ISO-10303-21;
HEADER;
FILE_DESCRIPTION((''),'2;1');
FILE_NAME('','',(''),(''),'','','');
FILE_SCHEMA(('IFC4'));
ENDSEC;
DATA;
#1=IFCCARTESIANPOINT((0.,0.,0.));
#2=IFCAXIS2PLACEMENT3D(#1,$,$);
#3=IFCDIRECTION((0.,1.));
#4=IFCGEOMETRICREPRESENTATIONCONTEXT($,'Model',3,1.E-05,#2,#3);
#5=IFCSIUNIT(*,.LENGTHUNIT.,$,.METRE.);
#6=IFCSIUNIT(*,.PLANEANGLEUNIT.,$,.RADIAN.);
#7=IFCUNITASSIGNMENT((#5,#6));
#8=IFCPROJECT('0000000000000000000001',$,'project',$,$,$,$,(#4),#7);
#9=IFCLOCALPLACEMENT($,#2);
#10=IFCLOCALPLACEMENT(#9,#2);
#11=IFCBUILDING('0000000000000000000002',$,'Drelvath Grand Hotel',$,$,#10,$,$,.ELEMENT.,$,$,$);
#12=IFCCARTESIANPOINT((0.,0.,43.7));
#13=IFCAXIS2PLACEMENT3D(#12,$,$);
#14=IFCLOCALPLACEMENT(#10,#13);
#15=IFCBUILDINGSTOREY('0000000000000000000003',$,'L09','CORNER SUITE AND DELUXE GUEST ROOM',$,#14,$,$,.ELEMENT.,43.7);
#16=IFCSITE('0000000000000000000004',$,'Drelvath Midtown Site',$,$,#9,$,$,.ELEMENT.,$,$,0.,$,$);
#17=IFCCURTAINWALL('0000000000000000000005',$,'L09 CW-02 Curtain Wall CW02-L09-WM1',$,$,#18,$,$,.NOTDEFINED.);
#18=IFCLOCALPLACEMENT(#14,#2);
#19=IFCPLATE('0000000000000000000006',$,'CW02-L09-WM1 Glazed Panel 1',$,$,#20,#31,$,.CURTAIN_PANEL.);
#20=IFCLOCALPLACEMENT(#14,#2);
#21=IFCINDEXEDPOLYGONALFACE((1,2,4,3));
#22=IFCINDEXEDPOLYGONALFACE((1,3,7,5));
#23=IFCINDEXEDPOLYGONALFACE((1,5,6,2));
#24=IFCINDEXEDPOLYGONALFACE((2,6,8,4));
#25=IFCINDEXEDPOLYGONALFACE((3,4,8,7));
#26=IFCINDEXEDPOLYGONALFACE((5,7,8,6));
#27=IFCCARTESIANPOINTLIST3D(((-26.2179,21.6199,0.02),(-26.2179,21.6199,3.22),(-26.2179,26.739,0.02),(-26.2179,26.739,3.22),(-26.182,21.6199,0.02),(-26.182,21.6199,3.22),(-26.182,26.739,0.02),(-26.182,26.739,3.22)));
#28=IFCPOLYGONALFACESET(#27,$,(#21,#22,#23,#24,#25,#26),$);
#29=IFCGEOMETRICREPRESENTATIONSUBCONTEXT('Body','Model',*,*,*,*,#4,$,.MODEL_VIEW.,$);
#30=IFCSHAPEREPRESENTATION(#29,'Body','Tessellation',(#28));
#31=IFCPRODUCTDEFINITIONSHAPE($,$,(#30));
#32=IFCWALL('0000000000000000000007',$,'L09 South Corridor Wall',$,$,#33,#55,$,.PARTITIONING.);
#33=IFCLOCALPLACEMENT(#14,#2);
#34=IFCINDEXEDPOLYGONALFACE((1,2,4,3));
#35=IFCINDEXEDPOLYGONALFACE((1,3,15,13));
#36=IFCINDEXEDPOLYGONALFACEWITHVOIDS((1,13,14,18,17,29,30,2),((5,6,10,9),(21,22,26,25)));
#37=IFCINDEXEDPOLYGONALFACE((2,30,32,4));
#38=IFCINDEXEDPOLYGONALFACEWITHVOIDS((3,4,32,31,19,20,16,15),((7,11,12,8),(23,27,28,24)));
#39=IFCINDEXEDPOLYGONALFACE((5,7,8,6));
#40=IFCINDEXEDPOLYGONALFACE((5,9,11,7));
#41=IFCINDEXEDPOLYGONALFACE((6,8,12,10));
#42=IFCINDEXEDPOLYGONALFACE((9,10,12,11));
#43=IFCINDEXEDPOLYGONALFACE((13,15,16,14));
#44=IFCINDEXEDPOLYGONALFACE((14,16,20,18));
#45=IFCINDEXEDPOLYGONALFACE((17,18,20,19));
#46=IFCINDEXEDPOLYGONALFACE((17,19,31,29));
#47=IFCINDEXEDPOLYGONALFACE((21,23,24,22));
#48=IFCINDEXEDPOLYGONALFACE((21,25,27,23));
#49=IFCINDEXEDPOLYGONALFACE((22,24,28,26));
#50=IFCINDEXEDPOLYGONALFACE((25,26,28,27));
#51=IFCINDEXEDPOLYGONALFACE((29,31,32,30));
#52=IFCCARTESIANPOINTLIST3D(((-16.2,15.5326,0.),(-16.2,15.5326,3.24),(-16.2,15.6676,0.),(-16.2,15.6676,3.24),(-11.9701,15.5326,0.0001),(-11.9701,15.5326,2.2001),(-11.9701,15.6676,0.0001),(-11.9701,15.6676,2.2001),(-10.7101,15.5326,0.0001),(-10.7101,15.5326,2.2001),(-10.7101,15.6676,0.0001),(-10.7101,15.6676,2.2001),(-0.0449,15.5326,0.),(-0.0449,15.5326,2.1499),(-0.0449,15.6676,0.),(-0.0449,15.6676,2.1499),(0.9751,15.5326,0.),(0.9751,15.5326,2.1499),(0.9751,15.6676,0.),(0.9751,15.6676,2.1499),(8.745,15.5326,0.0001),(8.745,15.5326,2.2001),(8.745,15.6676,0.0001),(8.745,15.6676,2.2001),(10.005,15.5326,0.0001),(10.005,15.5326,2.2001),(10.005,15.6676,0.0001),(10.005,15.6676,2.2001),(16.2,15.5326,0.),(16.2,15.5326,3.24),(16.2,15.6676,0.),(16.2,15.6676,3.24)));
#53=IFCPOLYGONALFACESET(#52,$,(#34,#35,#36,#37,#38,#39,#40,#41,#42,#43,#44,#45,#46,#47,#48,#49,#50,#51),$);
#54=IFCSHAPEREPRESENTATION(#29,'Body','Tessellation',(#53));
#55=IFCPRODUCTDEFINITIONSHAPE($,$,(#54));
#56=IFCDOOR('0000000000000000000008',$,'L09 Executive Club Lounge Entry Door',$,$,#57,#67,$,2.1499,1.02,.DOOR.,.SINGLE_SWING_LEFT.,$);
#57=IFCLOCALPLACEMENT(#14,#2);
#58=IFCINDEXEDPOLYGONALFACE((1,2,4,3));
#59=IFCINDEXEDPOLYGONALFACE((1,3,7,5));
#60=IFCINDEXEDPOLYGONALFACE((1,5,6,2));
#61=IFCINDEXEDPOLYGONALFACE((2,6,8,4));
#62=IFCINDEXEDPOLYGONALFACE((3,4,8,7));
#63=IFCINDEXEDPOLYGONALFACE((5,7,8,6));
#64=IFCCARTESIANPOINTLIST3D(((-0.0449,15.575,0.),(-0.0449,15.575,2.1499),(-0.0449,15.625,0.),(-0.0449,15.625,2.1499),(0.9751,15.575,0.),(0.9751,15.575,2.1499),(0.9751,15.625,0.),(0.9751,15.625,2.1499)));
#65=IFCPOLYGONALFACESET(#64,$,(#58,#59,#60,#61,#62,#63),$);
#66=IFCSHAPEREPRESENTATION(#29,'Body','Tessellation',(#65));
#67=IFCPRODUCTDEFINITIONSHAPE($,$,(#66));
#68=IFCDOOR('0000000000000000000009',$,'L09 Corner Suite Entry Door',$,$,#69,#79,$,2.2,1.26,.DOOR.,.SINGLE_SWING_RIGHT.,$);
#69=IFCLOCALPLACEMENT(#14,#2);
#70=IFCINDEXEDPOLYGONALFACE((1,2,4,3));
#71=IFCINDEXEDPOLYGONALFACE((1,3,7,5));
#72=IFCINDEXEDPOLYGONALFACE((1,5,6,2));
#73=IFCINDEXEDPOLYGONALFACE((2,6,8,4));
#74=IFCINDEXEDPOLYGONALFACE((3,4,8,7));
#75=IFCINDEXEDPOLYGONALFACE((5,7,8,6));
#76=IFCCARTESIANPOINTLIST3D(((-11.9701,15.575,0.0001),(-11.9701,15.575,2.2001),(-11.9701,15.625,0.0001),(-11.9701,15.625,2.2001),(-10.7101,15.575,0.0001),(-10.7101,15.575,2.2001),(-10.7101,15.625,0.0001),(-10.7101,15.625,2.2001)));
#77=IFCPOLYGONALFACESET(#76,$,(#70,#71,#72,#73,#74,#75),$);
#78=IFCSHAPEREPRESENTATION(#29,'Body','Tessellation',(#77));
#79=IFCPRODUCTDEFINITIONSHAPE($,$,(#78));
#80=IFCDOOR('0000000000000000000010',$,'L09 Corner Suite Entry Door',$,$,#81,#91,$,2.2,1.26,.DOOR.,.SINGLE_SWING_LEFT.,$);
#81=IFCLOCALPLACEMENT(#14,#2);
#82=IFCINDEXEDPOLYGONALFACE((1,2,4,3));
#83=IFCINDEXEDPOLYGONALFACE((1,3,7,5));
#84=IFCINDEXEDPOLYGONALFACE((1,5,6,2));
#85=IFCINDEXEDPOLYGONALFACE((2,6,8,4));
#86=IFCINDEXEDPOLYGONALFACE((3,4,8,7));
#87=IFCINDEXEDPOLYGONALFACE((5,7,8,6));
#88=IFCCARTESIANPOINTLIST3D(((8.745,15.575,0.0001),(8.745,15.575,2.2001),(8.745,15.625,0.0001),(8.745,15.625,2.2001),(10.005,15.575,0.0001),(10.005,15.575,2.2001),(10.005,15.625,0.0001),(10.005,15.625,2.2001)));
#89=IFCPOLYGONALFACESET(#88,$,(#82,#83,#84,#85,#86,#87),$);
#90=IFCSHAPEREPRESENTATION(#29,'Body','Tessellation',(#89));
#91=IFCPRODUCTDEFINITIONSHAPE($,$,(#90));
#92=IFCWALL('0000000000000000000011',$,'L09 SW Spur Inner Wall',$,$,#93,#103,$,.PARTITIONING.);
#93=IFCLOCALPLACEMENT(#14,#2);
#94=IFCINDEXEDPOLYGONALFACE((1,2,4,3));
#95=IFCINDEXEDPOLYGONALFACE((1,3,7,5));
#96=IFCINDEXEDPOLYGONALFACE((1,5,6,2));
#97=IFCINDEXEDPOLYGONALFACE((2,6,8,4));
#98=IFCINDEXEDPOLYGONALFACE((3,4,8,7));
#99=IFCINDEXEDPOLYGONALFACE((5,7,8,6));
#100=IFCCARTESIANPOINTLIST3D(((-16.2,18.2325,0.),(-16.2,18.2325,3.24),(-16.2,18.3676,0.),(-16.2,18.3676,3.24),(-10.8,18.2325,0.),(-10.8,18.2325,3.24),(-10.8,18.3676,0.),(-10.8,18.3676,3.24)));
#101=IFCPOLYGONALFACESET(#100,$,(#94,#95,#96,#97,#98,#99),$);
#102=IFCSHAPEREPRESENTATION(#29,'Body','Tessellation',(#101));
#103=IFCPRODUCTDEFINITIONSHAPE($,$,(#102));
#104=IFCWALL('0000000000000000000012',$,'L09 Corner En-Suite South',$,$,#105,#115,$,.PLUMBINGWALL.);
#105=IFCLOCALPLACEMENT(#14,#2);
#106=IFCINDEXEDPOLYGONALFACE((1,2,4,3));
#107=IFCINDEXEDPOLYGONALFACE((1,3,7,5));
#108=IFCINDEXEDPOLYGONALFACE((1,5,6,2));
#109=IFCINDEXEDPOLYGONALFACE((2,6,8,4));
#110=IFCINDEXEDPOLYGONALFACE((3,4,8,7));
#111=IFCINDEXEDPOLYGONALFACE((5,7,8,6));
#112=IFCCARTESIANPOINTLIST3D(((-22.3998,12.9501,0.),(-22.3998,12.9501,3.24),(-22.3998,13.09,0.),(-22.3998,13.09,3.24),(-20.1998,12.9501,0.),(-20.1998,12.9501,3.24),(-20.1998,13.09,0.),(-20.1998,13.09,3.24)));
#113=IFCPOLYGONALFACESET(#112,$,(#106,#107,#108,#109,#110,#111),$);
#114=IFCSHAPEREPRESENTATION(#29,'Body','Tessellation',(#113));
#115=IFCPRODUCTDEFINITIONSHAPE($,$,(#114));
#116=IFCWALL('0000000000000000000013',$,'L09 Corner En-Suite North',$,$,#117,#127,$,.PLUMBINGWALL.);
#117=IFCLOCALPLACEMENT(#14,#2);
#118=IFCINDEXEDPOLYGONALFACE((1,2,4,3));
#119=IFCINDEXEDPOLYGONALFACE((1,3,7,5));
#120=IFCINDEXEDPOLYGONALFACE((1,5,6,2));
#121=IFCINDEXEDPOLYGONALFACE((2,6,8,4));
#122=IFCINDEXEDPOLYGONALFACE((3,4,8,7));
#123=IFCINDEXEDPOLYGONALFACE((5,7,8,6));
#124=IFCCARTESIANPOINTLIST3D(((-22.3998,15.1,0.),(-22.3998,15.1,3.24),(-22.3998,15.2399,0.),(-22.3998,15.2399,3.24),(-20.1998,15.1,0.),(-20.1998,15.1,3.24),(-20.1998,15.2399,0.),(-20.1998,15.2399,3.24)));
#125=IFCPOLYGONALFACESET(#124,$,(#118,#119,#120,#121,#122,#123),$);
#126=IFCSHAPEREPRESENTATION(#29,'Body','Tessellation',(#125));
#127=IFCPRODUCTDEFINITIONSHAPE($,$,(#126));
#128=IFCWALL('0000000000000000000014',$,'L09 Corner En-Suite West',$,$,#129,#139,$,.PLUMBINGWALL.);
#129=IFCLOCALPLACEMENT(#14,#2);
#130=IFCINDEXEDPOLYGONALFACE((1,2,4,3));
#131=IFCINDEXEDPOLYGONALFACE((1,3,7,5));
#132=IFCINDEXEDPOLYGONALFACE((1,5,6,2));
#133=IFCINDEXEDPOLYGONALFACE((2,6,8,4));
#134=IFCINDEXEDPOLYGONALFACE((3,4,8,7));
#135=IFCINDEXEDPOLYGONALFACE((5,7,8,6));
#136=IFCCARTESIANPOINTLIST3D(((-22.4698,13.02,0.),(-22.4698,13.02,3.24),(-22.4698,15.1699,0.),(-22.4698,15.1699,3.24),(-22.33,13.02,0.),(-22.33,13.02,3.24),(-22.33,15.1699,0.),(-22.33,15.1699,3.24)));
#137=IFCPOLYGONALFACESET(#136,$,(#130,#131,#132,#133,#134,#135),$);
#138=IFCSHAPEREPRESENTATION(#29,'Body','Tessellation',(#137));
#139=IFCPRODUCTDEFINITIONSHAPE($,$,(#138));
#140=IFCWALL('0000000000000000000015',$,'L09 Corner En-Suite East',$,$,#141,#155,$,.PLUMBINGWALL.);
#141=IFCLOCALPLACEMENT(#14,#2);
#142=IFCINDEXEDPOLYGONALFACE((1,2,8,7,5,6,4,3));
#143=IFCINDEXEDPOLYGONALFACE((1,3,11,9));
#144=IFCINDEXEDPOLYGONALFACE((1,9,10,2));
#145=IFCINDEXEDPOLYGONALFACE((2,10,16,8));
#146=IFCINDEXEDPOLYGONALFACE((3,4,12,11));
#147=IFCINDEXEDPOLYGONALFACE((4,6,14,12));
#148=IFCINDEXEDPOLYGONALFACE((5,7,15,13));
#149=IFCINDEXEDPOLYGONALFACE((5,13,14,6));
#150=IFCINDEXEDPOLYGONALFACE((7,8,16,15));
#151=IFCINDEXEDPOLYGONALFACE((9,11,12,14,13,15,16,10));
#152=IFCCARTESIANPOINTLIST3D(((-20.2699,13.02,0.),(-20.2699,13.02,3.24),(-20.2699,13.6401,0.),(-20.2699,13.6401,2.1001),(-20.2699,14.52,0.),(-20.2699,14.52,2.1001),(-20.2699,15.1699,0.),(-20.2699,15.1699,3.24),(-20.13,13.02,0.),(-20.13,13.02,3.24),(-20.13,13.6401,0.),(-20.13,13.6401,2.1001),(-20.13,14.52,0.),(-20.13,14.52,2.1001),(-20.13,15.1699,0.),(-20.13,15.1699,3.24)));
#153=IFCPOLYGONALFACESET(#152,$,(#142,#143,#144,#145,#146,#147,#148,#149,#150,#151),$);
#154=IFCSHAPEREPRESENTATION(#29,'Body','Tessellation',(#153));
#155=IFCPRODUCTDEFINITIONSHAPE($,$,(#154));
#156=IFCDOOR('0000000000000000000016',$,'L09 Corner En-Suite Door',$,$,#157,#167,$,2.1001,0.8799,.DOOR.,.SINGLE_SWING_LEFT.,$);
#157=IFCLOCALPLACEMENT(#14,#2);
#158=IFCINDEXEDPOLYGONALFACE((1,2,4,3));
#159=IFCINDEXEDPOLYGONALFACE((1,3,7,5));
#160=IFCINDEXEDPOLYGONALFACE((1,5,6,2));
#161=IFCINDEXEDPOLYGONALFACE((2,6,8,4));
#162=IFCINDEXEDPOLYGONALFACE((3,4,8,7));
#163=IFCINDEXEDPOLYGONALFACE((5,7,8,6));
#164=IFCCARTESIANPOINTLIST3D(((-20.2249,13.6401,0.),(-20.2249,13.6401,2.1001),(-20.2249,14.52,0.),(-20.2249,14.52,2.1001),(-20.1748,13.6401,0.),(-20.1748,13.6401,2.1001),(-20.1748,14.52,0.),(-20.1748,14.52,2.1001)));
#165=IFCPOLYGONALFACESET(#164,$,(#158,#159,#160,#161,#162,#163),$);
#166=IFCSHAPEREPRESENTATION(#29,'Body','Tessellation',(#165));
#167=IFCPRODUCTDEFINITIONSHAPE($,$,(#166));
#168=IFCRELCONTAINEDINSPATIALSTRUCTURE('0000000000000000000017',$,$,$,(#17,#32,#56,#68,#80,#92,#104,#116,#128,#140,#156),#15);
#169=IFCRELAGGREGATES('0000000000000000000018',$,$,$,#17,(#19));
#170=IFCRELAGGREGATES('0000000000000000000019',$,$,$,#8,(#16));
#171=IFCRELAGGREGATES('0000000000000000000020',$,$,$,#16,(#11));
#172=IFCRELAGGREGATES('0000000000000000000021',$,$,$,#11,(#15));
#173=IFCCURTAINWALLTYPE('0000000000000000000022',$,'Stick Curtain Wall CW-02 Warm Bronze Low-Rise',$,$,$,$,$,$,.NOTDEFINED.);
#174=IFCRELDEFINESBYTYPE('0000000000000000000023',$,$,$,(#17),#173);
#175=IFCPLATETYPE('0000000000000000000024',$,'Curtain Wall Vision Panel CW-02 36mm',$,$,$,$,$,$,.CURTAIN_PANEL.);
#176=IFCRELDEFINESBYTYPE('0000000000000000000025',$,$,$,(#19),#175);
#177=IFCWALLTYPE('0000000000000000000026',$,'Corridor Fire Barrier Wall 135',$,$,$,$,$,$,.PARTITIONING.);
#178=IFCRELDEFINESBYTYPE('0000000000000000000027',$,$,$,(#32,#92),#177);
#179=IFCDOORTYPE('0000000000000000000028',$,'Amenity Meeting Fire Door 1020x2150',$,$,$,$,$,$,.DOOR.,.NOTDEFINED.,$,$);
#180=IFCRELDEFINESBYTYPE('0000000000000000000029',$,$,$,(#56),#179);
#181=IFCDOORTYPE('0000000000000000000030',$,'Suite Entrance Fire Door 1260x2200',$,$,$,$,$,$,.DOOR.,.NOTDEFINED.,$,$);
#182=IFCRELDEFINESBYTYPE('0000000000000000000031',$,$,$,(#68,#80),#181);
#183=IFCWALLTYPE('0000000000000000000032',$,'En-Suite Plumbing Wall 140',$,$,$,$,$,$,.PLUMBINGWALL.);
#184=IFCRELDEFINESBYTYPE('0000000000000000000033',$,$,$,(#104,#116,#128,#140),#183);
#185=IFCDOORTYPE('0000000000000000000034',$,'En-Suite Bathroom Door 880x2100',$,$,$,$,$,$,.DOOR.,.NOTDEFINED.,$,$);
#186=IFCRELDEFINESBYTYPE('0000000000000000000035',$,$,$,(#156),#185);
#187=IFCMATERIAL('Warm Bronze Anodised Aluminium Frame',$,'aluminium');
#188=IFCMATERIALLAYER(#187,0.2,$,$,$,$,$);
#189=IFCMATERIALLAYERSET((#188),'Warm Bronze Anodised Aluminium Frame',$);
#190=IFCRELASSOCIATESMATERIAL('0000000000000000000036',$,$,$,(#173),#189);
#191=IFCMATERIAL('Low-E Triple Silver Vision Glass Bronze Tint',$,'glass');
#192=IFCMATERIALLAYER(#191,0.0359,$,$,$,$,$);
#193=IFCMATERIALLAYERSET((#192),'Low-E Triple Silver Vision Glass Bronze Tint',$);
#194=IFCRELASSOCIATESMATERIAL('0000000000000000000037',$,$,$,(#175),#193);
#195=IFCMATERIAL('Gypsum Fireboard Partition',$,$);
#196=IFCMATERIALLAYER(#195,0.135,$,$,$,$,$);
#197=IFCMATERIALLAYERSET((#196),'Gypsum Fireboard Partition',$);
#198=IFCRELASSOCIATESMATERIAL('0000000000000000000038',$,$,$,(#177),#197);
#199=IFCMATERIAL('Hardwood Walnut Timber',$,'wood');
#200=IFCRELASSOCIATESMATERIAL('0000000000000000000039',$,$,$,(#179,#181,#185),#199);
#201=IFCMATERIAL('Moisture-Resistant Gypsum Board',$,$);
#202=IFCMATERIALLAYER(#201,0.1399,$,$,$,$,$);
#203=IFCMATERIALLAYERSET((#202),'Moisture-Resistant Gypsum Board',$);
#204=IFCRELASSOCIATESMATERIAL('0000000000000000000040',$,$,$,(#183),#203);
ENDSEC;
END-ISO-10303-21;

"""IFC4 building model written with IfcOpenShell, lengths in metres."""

from ifc_helpers import new_model, si_unit, direction, frame, frame_2d, origin, origin_2d, place, context, subcontext, project, spatial, rectangle, extrude, material, layer, layer_set, type_object, element, fill, aggregate, save


model = new_model("IFC4")

# Units and contexts
model_context = context("Model", 3, precision=1e-05, world=origin(), true_north=direction((0.0, 1.0)))
body_context = subcontext(model_context, "Body", "Model", "MODEL_VIEW")
ifc_project = project(units=[si_unit("LENGTHUNIT", "METRE"), si_unit("PLANEANGLEUNIT", "RADIAN")], contexts=[model_context])

# Site, building, storey
site_placement = place(None, origin())
site = spatial("IfcSite", under=ifc_project, at=site_placement, Name="Drelvath Midtown Site", CompositionType="ELEMENT", RefElevation=0.0)
building_placement = place(site_placement, origin())
building = spatial("IfcBuilding", under=site, at=building_placement, Name="Drelvath Grand Hotel", CompositionType="ELEMENT")
storey_placement = place(building_placement, frame((0.0, 0.0, 43.7)))
storey = spatial("IfcBuildingStorey", under=building, at=storey_placement, Name="L09", Description="CORNER SUITE AND DELUXE GUEST ROOM", CompositionType="ELEMENT", Elevation=43.7)

# Curtain wall
ifc_material_1 = material(Name="Warm Bronze Anodised Aluminium Frame", Category="aluminium")
ifc_layer_1 = layer(ifc_material_1, 0.2)
ifc_layer_set_1 = layer_set([ifc_layer_1], Name="Warm Bronze Anodised Aluminium Frame")
curtain_wall_type = type_object("IfcCurtainWallType", Name="Stick Curtain Wall CW-02 Warm Bronze Low-Rise", PredefinedType="NOTDEFINED", material=ifc_layer_set_1)
curtain_wall_1_placement = place(storey_placement, origin())
curtain_wall_1 = element("IfcCurtainWall", 1, at=curtain_wall_1_placement, inside=storey, type_object=curtain_wall_type, Name="L09 CW-02 Curtain Wall CW02-L09-WM1", PredefinedType="NOTDEFINED")

# Plate
ifc_material_2 = material(Name="Low-E Triple Silver Vision Glass Bronze Tint", Category="glass")
ifc_layer_2 = layer(ifc_material_2, 0.0359)
ifc_layer_set_2 = layer_set([ifc_layer_2], Name="Low-E Triple Silver Vision Glass Bronze Tint")
plate_type = type_object("IfcPlateType", Name="Curtain Wall Vision Panel CW-02 36mm", PredefinedType="CURTAIN_PANEL", material=ifc_layer_set_2)
plate_1_placement = place(storey_placement, frame((-26.2, 24.1794, 0.02), z_axis=(0.0, 0.0, 1.0), x_axis=(0.0, 1.0, 0.0)))
plate_1 = element("IfcPlate", 2, at=plate_1_placement, type_object=plate_type, Name="CW02-L09-WM1 Glazed Panel 1", PredefinedType="CURTAIN_PANEL", context=body_context, shape_type="SweptSolid", body=[
    extrude(rectangle(XDim=5.1191, YDim=0.0359, at=origin_2d()), origin(), (0.0, 0.0, 1.0), 3.2),
])
aggregate(curtain_wall_1, [plate_1])

# Wall, openings, doors
ifc_material_3 = material(Name="Gypsum Fireboard Partition")
ifc_layer_3 = layer(ifc_material_3, 0.135)
ifc_layer_set_3 = layer_set([ifc_layer_3], Name="Gypsum Fireboard Partition")
wall_type_1 = type_object("IfcWallType", Name="Corridor Fire Barrier Wall 135", PredefinedType="PARTITIONING", material=ifc_layer_set_3)
wall_1_placement = place(storey_placement, frame((-16.2, 15.6001, 0.0), z_axis=(0.0, 0.0, 1.0), x_axis=(1.0, 0.0, 0.0)))
wall_1 = element("IfcWall", 3, at=wall_1_placement, inside=storey, type_object=wall_type_1, Name="L09 South Corridor Wall", PredefinedType="PARTITIONING", context=body_context, shape_type="SweptSolid", body=[
    extrude(rectangle(XDim=32.3999, YDim=0.135, at=frame_2d((16.2, 0.0))), origin(), (0.0, 0.0, 1.0), 3.24),
])
opening_1_placement = place(wall_1_placement, frame((4.23, 0.0, 0.0)))
opening_1 = element("IfcOpeningElement", 4, at=opening_1_placement, cuts=wall_1, PredefinedType="OPENING", context=body_context, shape_type="SweptSolid", body=[
    extrude(rectangle(XDim=1.26, YDim=2.2, at=frame_2d((0.6299, 1.1001))), frame((0.0, 0.0774, 0.0), z_axis=(0.0, -1.0, 0.0), x_axis=(1.0, 0.0, 0.0)), (0.0, 0.0, 1.0), 0.155),
])
opening_2_placement = place(wall_1_placement, frame((16.155, 0.0, 0.0)))
opening_2 = element("IfcOpeningElement", 5, at=opening_2_placement, cuts=wall_1, PredefinedType="OPENING", context=body_context, shape_type="SweptSolid", body=[
    extrude(rectangle(XDim=1.02, YDim=2.1499, at=frame_2d((0.51, 1.075))), frame((0.0, 0.0774, 0.0), z_axis=(0.0, -1.0, 0.0), x_axis=(1.0, 0.0, 0.0)), (0.0, 0.0, 1.0), 0.155),
])
opening_3_placement = place(wall_1_placement, frame((24.9451, 0.0, 0.0)))
opening_3 = element("IfcOpeningElement", 6, at=opening_3_placement, cuts=wall_1, PredefinedType="OPENING", context=body_context, shape_type="SweptSolid", body=[
    extrude(rectangle(XDim=1.26, YDim=2.2, at=frame_2d((0.6299, 1.1001))), frame((0.0, 0.0774, 0.0), z_axis=(0.0, -1.0, 0.0), x_axis=(1.0, 0.0, 0.0)), (0.0, 0.0, 1.0), 0.155),
])
ifc_material_4 = material(Name="Hardwood Walnut Timber", Category="wood")
door_type_1 = type_object("IfcDoorType", Name="Amenity Meeting Fire Door 1020x2150", OperationType="NOTDEFINED", PredefinedType="DOOR", material=ifc_material_4)
door_1_placement = place(opening_2_placement, origin())
door_1 = element("IfcDoor", 7, at=door_1_placement, inside=storey, type_object=door_type_1, Name="L09 Executive Club Lounge Entry Door", OperationType="SINGLE_SWING_LEFT", OverallHeight=2.1499, OverallWidth=1.02, PredefinedType="DOOR", context=body_context, shape_type="SweptSolid", body=[
    extrude(rectangle(XDim=1.02, YDim=2.1499, at=frame_2d((0.51, 1.075))), frame((0.0, 0.0249, 0.0), z_axis=(0.0, -1.0, 0.0), x_axis=(1.0, 0.0, 0.0)), (0.0, 0.0, 1.0), 0.05),
])
fill(opening_2, door_1)
door_type_2 = type_object("IfcDoorType", Name="Suite Entrance Fire Door 1260x2200", OperationType="NOTDEFINED", PredefinedType="DOOR", material=ifc_material_4)
door_2_placement = place(opening_1_placement, origin())
door_2 = element("IfcDoor", 8, at=door_2_placement, inside=storey, type_object=door_type_2, Name="L09 Corner Suite Entry Door", OperationType="SINGLE_SWING_RIGHT", OverallHeight=2.2, OverallWidth=1.26, PredefinedType="DOOR", context=body_context, shape_type="SweptSolid", body=[
    extrude(rectangle(XDim=1.26, YDim=2.2, at=frame_2d((0.6299, 1.1001))), frame((0.0, 0.0249, 0.0), z_axis=(0.0, -1.0, 0.0), x_axis=(1.0, 0.0, 0.0)), (0.0, 0.0, 1.0), 0.05),
])
fill(opening_1, door_2)
door_3_placement = place(opening_3_placement, origin())
door_3 = element("IfcDoor", 9, at=door_3_placement, inside=storey, type_object=door_type_2, Name="L09 Corner Suite Entry Door", OperationType="SINGLE_SWING_LEFT", OverallHeight=2.2, OverallWidth=1.26, PredefinedType="DOOR", context=body_context, shape_type="SweptSolid", body=[
    extrude(rectangle(XDim=1.26, YDim=2.2, at=frame_2d((0.6299, 1.1001))), frame((0.0, 0.0249, 0.0), z_axis=(0.0, -1.0, 0.0), x_axis=(1.0, 0.0, 0.0)), (0.0, 0.0, 1.0), 0.05),
])
fill(opening_3, door_3)

# Wall
wall_2_placement = place(storey_placement, frame((-16.2, 18.3, 0.0), z_axis=(0.0, 0.0, 1.0), x_axis=(1.0, 0.0, 0.0)))
element("IfcWall", 10, at=wall_2_placement, inside=storey, type_object=wall_type_1, Name="L09 SW Spur Inner Wall", PredefinedType="PARTITIONING", context=body_context, shape_type="SweptSolid", body=[
    extrude(rectangle(XDim=5.3999, YDim=0.135, at=frame_2d((2.7, 0.0))), origin(), (0.0, 0.0, 1.0), 3.24),
])

# Walls
ifc_material_5 = material(Name="Moisture-Resistant Gypsum Board")
ifc_layer_4 = layer(ifc_material_5, 0.1399)
ifc_layer_set_4 = layer_set([ifc_layer_4], Name="Moisture-Resistant Gypsum Board")
wall_type_2 = type_object("IfcWallType", Name="En-Suite Plumbing Wall 140", PredefinedType="PLUMBINGWALL", material=ifc_layer_set_4)
for number, where, z_axis, x_axis, name in (
    (11, (-22.3999, 13.02, 0.0), (0.0, 0.0, 1.0), (1.0, 0.0, 0.0), "L09 Corner En-Suite South"),
    (12, (-22.3999, 15.1699, 0.0), (0.0, 0.0, 1.0), (1.0, 0.0, 0.0), "L09 Corner En-Suite North"),
):
    element("IfcWall", number, at=place(storey_placement, frame(where, z_axis=z_axis, x_axis=x_axis)), inside=storey, type_object=wall_type_2, Name=name, PredefinedType="PLUMBINGWALL", context=body_context, shape_type="SweptSolid", body=[
        extrude(rectangle(XDim=2.2, YDim=0.1399, at=frame_2d((1.1001, 0.0))), origin(), (0.0, 0.0, 1.0), 3.24),
    ])
wall_3_placement = place(storey_placement, frame((-22.3999, 13.02, 0.0), z_axis=(0.0, 0.0, 1.0), x_axis=(0.0, 1.0, 0.0)))
element("IfcWall", 13, at=wall_3_placement, inside=storey, type_object=wall_type_2, Name="L09 Corner En-Suite West", PredefinedType="PLUMBINGWALL", context=body_context, shape_type="SweptSolid", body=[
    extrude(rectangle(XDim=2.1499, YDim=0.1399, at=frame_2d((1.075, 0.0))), origin(), (0.0, 0.0, 1.0), 3.24),
])

# Wall, opening, door
wall_4_placement = place(storey_placement, frame((-20.2, 13.02, 0.0), z_axis=(0.0, 0.0, 1.0), x_axis=(0.0, 1.0, 0.0)))
wall_4 = element("IfcWall", 14, at=wall_4_placement, inside=storey, type_object=wall_type_2, Name="L09 Corner En-Suite East", PredefinedType="PLUMBINGWALL", context=body_context, shape_type="SweptSolid", body=[
    extrude(rectangle(XDim=2.1499, YDim=0.1399, at=frame_2d((1.075, 0.0))), origin(), (0.0, 0.0, 1.0), 3.24),
])
opening_4_placement = place(wall_4_placement, frame((0.6201, 0.0, 0.0)))
opening_4 = element("IfcOpeningElement", 15, at=opening_4_placement, cuts=wall_4, PredefinedType="OPENING", context=body_context, shape_type="SweptSolid", body=[
    extrude(rectangle(XDim=0.8799, YDim=2.1001, at=frame_2d((0.4399, 1.05))), frame((0.0, 0.0798, 0.0), z_axis=(0.0, -1.0, 0.0), x_axis=(1.0, 0.0, 0.0)), (0.0, 0.0, 1.0), 0.1599),
])
door_type_3 = type_object("IfcDoorType", Name="En-Suite Bathroom Door 880x2100", OperationType="NOTDEFINED", PredefinedType="DOOR", material=ifc_material_4)
door_4_placement = place(opening_4_placement, origin())
door_4 = element("IfcDoor", 16, at=door_4_placement, inside=storey, type_object=door_type_3, Name="L09 Corner En-Suite Door", OperationType="SINGLE_SWING_LEFT", OverallHeight=2.1001, OverallWidth=0.8799, PredefinedType="DOOR", context=body_context, shape_type="SweptSolid", body=[
    extrude(rectangle(XDim=0.8799, YDim=2.1001, at=frame_2d((0.4399, 1.05))), frame((0.0, 0.0249, 0.0), z_axis=(0.0, -1.0, 0.0), x_axis=(1.0, 0.0, 0.0)), (0.0, 0.0, 1.0), 0.05),
])
fill(opening_4, door_4)

save(model, "model.ifc")
